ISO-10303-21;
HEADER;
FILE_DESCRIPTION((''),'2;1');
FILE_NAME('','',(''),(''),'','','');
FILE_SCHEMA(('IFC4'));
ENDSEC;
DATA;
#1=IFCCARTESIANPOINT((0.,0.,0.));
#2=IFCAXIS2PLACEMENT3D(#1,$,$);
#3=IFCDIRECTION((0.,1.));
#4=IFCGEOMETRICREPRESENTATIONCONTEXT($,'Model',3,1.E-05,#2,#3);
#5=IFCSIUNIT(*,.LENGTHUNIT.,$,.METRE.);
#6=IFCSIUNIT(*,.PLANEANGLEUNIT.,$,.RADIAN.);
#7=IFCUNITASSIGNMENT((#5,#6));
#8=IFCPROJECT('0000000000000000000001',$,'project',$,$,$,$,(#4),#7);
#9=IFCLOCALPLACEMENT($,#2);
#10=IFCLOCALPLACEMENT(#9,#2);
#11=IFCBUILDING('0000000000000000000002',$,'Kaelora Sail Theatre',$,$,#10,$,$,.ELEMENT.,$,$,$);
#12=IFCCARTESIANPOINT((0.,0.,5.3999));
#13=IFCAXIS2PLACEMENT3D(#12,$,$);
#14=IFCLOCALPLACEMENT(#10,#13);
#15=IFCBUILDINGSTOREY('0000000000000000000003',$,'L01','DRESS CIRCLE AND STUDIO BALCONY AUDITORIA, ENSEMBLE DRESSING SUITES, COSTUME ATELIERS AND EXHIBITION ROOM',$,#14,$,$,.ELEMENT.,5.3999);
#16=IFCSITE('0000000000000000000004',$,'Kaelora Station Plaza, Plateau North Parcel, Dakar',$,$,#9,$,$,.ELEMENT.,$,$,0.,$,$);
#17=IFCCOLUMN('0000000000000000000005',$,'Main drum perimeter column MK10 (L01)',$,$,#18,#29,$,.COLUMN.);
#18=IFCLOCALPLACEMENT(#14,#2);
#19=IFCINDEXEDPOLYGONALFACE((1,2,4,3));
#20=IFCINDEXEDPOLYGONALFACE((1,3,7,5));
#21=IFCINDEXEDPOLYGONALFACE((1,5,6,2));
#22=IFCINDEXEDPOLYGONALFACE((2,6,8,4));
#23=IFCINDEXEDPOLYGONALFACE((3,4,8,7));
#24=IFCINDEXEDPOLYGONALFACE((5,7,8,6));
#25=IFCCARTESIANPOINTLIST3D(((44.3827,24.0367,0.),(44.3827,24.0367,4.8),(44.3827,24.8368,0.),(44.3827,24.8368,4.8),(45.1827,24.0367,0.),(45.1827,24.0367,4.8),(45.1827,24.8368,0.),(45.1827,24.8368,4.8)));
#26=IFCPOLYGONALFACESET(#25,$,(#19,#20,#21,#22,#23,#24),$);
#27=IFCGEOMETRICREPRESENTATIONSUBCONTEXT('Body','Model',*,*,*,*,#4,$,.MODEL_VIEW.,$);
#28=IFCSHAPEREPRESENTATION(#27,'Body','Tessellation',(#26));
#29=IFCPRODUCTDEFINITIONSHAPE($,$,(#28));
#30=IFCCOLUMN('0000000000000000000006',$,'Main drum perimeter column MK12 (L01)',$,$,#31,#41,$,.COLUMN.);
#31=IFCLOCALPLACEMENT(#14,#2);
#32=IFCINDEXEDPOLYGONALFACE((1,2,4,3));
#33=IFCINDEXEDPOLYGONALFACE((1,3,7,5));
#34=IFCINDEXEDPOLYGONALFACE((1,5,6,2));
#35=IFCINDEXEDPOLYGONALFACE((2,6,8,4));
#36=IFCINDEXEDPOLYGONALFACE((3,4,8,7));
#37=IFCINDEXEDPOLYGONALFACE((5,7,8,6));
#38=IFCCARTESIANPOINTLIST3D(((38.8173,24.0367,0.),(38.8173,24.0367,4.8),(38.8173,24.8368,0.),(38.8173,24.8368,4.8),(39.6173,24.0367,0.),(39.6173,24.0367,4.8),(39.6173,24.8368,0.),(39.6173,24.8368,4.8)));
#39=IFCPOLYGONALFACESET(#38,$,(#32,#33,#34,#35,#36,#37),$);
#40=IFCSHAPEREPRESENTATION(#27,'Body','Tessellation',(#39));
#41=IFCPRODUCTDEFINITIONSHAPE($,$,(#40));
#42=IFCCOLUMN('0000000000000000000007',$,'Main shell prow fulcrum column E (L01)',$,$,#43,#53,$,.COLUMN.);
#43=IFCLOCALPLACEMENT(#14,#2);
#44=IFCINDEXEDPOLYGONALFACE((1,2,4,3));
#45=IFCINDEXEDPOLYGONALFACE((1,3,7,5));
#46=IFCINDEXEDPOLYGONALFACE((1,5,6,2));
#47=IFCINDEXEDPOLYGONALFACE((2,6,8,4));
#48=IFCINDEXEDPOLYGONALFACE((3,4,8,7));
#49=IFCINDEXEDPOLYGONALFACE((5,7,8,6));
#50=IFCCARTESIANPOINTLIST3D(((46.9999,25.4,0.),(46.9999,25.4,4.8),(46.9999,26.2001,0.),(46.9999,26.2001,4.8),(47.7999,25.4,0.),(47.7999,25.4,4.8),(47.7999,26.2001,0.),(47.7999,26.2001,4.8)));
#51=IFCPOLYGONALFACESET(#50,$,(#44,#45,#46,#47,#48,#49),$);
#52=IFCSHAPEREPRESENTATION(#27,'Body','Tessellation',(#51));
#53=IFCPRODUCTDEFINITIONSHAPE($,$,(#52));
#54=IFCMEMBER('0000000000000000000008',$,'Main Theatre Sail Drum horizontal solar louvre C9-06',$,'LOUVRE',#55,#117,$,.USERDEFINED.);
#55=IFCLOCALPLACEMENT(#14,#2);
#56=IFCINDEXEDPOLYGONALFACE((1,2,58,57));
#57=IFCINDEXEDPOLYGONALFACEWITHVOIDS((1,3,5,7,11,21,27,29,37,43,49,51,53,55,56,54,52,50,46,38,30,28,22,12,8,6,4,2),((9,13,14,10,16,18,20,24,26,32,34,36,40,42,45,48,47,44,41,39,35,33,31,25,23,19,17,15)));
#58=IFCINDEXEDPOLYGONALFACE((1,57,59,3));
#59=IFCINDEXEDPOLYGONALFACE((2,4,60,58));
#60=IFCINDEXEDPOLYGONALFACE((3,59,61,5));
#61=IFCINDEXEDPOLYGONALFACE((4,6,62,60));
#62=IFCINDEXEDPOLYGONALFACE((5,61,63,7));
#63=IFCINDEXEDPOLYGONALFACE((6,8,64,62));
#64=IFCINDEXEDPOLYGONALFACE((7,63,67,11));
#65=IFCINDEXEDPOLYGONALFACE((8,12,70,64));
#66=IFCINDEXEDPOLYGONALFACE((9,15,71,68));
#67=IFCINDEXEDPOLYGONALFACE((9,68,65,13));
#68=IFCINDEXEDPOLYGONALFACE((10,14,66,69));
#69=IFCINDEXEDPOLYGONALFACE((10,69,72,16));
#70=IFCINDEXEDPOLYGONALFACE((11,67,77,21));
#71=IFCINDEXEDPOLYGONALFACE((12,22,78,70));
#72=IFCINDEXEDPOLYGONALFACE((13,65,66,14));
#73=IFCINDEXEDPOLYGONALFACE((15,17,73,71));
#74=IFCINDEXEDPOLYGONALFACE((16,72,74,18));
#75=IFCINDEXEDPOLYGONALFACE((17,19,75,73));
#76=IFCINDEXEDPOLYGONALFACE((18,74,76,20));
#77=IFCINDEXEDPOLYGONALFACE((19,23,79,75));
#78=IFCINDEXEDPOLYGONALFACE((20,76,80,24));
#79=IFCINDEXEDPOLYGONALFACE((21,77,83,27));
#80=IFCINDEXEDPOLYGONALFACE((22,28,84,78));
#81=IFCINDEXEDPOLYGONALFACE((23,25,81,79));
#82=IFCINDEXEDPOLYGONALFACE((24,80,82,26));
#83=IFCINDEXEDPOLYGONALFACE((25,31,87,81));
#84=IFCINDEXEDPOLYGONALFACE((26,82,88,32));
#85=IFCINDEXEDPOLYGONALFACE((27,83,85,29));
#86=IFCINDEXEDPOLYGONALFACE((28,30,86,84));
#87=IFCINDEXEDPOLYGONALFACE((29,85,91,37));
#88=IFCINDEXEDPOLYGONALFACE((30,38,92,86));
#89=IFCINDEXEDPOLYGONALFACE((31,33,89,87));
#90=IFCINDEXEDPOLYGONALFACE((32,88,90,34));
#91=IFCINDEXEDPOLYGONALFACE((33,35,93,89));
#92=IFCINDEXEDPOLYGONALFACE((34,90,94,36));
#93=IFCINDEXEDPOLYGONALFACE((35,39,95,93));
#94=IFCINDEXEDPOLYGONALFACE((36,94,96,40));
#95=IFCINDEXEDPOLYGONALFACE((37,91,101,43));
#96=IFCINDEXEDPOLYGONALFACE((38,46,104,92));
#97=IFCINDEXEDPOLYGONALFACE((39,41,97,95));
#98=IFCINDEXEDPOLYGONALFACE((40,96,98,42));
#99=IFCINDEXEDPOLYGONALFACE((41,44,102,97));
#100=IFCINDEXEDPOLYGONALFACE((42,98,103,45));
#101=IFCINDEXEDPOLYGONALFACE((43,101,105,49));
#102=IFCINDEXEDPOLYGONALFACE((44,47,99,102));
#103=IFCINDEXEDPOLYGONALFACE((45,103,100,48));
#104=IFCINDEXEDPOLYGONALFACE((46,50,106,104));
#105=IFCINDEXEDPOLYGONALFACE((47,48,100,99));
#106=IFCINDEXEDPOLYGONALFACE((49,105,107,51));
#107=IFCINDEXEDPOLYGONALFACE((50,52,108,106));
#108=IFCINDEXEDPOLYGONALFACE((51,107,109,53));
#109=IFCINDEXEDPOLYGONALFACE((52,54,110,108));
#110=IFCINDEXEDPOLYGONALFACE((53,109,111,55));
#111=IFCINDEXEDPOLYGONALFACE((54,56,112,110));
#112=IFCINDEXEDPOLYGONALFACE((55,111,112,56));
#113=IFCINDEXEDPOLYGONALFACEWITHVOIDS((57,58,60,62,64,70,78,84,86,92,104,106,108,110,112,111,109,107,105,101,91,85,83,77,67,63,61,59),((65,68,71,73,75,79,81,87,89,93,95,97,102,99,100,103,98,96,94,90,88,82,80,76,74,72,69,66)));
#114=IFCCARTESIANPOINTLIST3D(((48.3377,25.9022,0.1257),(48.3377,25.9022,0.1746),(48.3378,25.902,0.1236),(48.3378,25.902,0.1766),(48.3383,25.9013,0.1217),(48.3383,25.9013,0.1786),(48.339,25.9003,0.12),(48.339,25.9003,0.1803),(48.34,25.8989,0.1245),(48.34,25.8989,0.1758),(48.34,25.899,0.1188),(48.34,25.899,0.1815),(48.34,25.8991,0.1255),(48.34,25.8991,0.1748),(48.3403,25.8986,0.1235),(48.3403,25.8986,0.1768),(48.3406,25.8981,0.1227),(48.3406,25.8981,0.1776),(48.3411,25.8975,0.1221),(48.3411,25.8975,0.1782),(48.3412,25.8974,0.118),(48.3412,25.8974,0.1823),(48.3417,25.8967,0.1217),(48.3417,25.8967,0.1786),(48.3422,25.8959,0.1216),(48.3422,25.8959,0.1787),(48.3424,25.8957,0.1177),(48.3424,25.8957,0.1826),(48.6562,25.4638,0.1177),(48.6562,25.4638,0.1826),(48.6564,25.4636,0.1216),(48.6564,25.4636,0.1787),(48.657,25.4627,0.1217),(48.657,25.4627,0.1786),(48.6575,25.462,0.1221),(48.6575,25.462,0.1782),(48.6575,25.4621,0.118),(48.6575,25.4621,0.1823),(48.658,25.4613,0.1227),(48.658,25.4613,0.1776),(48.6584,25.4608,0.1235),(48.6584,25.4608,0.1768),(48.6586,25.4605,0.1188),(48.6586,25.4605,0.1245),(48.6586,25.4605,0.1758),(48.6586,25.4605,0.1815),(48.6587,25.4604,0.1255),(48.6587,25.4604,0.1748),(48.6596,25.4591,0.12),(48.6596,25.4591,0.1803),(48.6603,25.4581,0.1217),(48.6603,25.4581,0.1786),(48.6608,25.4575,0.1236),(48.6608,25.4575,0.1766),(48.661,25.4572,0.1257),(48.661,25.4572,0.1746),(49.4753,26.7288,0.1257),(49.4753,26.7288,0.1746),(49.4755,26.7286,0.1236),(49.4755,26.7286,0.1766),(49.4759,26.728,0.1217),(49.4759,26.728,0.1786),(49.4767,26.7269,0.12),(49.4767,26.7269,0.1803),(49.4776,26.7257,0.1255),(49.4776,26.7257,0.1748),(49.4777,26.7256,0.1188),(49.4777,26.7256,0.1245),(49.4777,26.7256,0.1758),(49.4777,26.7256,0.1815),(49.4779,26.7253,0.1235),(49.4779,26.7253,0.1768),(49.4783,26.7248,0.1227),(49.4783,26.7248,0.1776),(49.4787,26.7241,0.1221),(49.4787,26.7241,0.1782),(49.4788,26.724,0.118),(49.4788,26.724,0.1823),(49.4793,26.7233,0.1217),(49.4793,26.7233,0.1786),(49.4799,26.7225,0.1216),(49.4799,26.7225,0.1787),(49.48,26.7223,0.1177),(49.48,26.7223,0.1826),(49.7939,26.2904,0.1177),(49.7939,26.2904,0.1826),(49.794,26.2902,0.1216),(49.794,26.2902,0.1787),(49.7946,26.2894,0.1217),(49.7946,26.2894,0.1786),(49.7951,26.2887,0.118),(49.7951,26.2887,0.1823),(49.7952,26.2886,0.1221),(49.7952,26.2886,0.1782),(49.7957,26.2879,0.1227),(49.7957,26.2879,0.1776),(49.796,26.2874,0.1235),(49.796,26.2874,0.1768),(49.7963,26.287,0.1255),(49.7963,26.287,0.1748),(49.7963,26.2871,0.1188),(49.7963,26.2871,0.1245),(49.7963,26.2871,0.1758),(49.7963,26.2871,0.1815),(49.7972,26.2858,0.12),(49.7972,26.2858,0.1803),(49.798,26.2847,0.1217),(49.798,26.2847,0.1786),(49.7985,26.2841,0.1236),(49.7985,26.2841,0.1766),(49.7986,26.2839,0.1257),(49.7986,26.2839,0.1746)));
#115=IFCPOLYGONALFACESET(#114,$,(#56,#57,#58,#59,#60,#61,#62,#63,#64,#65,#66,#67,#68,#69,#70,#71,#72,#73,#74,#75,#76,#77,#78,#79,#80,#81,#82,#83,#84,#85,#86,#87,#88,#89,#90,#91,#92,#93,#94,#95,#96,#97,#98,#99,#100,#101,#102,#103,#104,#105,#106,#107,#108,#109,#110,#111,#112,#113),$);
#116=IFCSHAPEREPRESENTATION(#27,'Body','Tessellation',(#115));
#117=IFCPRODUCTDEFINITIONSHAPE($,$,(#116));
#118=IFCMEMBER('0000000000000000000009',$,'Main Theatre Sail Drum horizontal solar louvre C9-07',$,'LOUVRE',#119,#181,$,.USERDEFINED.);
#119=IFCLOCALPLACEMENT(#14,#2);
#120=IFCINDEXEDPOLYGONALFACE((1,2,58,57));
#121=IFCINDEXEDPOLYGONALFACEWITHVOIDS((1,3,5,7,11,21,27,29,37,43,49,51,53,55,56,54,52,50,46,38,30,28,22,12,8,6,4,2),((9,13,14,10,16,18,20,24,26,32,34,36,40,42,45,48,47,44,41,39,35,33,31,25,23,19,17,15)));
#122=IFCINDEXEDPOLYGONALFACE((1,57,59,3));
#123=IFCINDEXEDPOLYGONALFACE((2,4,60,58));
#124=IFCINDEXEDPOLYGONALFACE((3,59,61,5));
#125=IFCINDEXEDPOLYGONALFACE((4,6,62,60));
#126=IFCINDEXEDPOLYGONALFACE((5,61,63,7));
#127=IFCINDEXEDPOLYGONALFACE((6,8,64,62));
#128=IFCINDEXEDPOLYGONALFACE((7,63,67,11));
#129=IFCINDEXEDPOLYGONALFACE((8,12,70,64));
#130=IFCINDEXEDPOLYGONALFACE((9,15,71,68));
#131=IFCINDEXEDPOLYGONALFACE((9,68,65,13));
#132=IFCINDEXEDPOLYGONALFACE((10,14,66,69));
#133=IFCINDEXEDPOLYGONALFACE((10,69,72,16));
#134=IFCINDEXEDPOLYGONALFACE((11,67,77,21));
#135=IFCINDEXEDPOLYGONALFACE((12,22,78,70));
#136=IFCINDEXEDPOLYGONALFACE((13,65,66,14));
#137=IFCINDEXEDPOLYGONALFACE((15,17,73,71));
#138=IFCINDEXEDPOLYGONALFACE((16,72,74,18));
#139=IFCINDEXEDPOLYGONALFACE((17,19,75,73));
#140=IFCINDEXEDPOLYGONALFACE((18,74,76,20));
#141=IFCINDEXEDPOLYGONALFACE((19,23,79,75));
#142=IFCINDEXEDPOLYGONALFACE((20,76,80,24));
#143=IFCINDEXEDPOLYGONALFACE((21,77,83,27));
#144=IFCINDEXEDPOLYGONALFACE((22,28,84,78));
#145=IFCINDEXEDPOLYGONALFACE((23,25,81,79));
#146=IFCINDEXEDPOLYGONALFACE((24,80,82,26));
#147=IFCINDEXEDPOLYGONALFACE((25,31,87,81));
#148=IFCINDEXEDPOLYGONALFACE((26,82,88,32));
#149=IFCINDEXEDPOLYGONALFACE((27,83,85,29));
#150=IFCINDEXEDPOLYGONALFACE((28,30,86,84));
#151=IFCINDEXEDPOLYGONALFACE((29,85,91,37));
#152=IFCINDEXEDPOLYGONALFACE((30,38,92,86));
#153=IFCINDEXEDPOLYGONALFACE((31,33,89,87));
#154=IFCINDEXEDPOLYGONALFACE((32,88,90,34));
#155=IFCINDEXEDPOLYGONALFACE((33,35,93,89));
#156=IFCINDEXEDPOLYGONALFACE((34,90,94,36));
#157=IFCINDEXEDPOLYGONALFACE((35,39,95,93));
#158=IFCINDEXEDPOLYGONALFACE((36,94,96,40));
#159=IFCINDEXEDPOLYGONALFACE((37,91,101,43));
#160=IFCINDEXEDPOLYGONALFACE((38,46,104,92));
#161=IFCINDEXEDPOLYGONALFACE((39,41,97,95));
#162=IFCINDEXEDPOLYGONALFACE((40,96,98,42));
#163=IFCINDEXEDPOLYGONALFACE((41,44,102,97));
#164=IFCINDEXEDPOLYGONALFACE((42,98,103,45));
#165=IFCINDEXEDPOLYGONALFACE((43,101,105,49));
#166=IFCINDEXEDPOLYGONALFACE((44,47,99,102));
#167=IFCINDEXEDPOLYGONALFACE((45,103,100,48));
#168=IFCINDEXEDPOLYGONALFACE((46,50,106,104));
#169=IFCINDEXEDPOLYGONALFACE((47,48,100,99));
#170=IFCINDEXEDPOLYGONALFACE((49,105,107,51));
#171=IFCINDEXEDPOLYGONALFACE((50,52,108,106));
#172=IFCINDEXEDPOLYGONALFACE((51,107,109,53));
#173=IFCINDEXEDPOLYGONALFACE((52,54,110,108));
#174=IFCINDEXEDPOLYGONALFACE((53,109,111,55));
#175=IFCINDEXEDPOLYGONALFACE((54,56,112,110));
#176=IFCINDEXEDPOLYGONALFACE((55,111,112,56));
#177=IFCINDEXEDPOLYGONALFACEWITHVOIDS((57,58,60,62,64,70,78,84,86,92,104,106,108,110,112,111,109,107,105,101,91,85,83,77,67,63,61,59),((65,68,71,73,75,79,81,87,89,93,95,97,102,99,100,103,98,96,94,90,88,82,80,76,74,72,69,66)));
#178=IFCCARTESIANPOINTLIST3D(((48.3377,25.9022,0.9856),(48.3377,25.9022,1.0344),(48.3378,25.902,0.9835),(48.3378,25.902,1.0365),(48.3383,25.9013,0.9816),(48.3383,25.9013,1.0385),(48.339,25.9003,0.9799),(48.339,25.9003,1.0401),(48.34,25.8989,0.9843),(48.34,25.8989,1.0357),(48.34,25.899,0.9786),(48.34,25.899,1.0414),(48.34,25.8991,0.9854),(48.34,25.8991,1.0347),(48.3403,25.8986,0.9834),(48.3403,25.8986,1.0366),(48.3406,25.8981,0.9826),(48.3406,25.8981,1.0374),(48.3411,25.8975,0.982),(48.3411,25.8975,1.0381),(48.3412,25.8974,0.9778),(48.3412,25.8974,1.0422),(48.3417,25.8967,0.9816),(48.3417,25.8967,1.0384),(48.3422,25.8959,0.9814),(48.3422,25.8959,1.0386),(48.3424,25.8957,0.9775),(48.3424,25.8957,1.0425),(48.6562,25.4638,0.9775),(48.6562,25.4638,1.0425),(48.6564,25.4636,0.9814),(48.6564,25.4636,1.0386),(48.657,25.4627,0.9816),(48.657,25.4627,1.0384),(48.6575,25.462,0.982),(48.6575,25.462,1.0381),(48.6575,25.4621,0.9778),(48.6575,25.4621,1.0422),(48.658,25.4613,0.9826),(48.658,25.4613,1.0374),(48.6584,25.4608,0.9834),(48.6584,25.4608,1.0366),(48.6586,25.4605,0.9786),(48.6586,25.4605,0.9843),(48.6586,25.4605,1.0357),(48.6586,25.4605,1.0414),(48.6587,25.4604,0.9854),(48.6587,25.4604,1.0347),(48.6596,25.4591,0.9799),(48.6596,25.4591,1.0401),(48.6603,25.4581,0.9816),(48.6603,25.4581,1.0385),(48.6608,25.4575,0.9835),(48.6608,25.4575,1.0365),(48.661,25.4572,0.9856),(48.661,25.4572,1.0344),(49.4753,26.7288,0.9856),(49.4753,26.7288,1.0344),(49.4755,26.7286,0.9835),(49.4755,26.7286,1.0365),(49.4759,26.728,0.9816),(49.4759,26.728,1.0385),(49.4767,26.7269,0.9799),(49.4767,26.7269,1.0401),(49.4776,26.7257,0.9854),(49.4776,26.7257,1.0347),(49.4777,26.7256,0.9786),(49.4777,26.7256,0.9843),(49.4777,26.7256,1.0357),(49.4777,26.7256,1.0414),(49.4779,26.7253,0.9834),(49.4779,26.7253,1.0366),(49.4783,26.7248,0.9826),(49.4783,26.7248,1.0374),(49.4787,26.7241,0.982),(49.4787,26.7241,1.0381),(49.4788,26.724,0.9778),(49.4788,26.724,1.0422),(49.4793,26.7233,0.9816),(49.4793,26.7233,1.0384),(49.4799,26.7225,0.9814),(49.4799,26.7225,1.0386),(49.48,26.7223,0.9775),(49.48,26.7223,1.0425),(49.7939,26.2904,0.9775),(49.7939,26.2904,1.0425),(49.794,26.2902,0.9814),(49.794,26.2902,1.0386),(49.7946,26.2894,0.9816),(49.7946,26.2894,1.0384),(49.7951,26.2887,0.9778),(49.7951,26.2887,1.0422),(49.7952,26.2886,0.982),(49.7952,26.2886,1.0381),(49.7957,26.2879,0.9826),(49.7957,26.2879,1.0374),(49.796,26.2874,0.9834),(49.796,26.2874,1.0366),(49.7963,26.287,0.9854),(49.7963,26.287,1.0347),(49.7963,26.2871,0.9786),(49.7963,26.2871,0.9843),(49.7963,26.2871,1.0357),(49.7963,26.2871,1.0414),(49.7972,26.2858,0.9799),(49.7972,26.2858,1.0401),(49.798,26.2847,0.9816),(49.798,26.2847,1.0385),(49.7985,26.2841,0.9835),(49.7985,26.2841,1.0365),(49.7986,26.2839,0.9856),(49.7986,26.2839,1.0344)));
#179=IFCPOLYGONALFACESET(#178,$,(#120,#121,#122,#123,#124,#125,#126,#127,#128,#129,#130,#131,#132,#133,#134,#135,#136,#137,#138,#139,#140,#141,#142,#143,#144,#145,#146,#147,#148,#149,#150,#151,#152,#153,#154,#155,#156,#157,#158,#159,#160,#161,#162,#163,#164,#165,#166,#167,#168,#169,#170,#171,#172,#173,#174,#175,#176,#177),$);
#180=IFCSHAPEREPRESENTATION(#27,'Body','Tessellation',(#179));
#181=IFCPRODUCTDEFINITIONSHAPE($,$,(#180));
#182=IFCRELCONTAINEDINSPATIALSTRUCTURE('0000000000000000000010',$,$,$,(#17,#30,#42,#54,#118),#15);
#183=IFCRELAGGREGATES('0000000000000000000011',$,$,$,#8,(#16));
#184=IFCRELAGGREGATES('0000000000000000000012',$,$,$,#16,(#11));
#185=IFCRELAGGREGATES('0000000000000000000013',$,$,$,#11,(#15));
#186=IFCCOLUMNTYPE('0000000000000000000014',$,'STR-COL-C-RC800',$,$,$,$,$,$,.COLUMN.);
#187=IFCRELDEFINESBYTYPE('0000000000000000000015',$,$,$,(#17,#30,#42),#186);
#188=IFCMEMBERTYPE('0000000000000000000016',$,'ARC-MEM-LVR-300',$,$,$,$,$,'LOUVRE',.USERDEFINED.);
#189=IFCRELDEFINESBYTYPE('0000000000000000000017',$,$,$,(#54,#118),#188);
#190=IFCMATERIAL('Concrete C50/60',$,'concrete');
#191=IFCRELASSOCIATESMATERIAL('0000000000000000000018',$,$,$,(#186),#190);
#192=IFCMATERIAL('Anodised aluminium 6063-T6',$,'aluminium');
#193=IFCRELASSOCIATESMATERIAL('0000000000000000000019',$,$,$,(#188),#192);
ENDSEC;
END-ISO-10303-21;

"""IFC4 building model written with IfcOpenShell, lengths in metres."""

from ifc_helpers import new_model, si_unit, direction, frame, origin, origin_2d, place, context, subcontext, project, spatial, rectangle, hollow_rectangle, extrude, material, material_profile, profile_set, type_object, element, save


model = new_model("IFC4")

# Units and contexts
model_context = context("Model", 3, precision=1e-05, world=origin(), true_north=direction((0.0, 1.0)))
body_context = subcontext(model_context, "Body", "Model", "MODEL_VIEW")
ifc_project = project(units=[si_unit("LENGTHUNIT", "METRE"), si_unit("PLANEANGLEUNIT", "RADIAN")], contexts=[model_context])

# Site, building, storey
site_placement = place(None, origin())
site = spatial("IfcSite", under=ifc_project, at=site_placement, Name="Kaelora Station Plaza, Plateau North Parcel, Dakar", CompositionType="ELEMENT", RefElevation=0.0)
building_placement = place(site_placement, origin())
building = spatial("IfcBuilding", under=site, at=building_placement, Name="Kaelora Sail Theatre", CompositionType="ELEMENT")
storey_placement = place(building_placement, frame((0.0, 0.0, 5.3999)))
storey = spatial("IfcBuildingStorey", under=building, at=storey_placement, Name="L01", Description="DRESS CIRCLE AND STUDIO BALCONY AUDITORIA, ENSEMBLE DRESSING SUITES, COSTUME ATELIERS AND EXHIBITION ROOM", CompositionType="ELEMENT", Elevation=5.3999)

# Columns
ifc_material_1 = material(Name="Concrete C50/60", Category="concrete")
ifc_material_profile_1 = material_profile(ifc_material_1, rectangle(XDim=0.8, YDim=0.8, at=origin_2d()), Name="RC-COL 800x800")
ifc_profile_set_1 = profile_set([ifc_material_profile_1], Name="Concrete C50/60")
column_type = type_object("IfcColumnType", Name="STR-COL-C-RC800", PredefinedType="COLUMN", material=ifc_profile_set_1)
for number, where, z_axis, x_axis, name in (
    (1, (44.7827, 24.4368, 0.0), (0.0, 0.0, 1.0), (1.0, 0.0, 0.0), "Main drum perimeter column MK10 (L01)"),
    (2, (39.2173, 24.4368, 0.0), (0.0, 0.0, 1.0), (1.0, 0.0, 0.0), "Main drum perimeter column MK12 (L01)"),
    (3, (47.3999, 25.8, 0.0), (0.0, 0.0, 1.0), (1.0, 0.0, 0.0), "Main shell prow fulcrum column E (L01)"),
):
    element("IfcColumn", number, at=place(storey_placement, frame(where, z_axis=z_axis, x_axis=x_axis)), inside=storey, type_object=column_type, Name=name, PredefinedType="COLUMN", context=body_context, shape_type="SweptSolid", body=[
        extrude(rectangle(XDim=0.8, YDim=0.8, at=origin_2d()), origin(), (0.0, 0.0, 1.0), 4.8),
    ])

# Members
ifc_material_2 = material(Name="Anodised aluminium 6063-T6", Category="aluminium")
ifc_material_profile_2 = material_profile(ifc_material_2, hollow_rectangle(XDim=0.55, YDim=0.0649, WallThickness=0.0039, InnerFilletRadius=0.0039, OuterFilletRadius=0.0081, at=origin_2d()), Name="LOUVRE 550x65x4")
ifc_profile_set_2 = profile_set([ifc_material_profile_2], Name="Anodised aluminium 6063-T6")
member_type = type_object("IfcMemberType", Name="ARC-MEM-LVR-300", ElementType="LOUVRE", PredefinedType="USERDEFINED", material=ifc_profile_set_2)
for number, where, z_axis, x_axis, name in (
    (4, (49.637, 26.5063, 0.1501), (-0.808991, -0.587821, 0.0), (0.587821, -0.808991, 0.0), "Main Theatre Sail Drum horizontal solar louvre C9-06"),
    (5, (49.637, 26.5063, 1.01), (-0.808991, -0.587821, 0.0), (0.587821, -0.808991, 0.0), "Main Theatre Sail Drum horizontal solar louvre C9-07"),
):
    element("IfcMember", number, at=place(storey_placement, frame(where, z_axis=z_axis, x_axis=x_axis)), inside=storey, type_object=member_type, Name=name, ObjectType="LOUVRE", PredefinedType="USERDEFINED", context=body_context, shape_type="SweptSolid", body=[
        extrude(hollow_rectangle(XDim=0.55, YDim=0.0649, WallThickness=0.0039, InnerFilletRadius=0.0039, OuterFilletRadius=0.0081, at=origin_2d()), origin(), (0.0, 0.0, 1.0), 1.4062),
    ])

save(model, "model.ifc")
